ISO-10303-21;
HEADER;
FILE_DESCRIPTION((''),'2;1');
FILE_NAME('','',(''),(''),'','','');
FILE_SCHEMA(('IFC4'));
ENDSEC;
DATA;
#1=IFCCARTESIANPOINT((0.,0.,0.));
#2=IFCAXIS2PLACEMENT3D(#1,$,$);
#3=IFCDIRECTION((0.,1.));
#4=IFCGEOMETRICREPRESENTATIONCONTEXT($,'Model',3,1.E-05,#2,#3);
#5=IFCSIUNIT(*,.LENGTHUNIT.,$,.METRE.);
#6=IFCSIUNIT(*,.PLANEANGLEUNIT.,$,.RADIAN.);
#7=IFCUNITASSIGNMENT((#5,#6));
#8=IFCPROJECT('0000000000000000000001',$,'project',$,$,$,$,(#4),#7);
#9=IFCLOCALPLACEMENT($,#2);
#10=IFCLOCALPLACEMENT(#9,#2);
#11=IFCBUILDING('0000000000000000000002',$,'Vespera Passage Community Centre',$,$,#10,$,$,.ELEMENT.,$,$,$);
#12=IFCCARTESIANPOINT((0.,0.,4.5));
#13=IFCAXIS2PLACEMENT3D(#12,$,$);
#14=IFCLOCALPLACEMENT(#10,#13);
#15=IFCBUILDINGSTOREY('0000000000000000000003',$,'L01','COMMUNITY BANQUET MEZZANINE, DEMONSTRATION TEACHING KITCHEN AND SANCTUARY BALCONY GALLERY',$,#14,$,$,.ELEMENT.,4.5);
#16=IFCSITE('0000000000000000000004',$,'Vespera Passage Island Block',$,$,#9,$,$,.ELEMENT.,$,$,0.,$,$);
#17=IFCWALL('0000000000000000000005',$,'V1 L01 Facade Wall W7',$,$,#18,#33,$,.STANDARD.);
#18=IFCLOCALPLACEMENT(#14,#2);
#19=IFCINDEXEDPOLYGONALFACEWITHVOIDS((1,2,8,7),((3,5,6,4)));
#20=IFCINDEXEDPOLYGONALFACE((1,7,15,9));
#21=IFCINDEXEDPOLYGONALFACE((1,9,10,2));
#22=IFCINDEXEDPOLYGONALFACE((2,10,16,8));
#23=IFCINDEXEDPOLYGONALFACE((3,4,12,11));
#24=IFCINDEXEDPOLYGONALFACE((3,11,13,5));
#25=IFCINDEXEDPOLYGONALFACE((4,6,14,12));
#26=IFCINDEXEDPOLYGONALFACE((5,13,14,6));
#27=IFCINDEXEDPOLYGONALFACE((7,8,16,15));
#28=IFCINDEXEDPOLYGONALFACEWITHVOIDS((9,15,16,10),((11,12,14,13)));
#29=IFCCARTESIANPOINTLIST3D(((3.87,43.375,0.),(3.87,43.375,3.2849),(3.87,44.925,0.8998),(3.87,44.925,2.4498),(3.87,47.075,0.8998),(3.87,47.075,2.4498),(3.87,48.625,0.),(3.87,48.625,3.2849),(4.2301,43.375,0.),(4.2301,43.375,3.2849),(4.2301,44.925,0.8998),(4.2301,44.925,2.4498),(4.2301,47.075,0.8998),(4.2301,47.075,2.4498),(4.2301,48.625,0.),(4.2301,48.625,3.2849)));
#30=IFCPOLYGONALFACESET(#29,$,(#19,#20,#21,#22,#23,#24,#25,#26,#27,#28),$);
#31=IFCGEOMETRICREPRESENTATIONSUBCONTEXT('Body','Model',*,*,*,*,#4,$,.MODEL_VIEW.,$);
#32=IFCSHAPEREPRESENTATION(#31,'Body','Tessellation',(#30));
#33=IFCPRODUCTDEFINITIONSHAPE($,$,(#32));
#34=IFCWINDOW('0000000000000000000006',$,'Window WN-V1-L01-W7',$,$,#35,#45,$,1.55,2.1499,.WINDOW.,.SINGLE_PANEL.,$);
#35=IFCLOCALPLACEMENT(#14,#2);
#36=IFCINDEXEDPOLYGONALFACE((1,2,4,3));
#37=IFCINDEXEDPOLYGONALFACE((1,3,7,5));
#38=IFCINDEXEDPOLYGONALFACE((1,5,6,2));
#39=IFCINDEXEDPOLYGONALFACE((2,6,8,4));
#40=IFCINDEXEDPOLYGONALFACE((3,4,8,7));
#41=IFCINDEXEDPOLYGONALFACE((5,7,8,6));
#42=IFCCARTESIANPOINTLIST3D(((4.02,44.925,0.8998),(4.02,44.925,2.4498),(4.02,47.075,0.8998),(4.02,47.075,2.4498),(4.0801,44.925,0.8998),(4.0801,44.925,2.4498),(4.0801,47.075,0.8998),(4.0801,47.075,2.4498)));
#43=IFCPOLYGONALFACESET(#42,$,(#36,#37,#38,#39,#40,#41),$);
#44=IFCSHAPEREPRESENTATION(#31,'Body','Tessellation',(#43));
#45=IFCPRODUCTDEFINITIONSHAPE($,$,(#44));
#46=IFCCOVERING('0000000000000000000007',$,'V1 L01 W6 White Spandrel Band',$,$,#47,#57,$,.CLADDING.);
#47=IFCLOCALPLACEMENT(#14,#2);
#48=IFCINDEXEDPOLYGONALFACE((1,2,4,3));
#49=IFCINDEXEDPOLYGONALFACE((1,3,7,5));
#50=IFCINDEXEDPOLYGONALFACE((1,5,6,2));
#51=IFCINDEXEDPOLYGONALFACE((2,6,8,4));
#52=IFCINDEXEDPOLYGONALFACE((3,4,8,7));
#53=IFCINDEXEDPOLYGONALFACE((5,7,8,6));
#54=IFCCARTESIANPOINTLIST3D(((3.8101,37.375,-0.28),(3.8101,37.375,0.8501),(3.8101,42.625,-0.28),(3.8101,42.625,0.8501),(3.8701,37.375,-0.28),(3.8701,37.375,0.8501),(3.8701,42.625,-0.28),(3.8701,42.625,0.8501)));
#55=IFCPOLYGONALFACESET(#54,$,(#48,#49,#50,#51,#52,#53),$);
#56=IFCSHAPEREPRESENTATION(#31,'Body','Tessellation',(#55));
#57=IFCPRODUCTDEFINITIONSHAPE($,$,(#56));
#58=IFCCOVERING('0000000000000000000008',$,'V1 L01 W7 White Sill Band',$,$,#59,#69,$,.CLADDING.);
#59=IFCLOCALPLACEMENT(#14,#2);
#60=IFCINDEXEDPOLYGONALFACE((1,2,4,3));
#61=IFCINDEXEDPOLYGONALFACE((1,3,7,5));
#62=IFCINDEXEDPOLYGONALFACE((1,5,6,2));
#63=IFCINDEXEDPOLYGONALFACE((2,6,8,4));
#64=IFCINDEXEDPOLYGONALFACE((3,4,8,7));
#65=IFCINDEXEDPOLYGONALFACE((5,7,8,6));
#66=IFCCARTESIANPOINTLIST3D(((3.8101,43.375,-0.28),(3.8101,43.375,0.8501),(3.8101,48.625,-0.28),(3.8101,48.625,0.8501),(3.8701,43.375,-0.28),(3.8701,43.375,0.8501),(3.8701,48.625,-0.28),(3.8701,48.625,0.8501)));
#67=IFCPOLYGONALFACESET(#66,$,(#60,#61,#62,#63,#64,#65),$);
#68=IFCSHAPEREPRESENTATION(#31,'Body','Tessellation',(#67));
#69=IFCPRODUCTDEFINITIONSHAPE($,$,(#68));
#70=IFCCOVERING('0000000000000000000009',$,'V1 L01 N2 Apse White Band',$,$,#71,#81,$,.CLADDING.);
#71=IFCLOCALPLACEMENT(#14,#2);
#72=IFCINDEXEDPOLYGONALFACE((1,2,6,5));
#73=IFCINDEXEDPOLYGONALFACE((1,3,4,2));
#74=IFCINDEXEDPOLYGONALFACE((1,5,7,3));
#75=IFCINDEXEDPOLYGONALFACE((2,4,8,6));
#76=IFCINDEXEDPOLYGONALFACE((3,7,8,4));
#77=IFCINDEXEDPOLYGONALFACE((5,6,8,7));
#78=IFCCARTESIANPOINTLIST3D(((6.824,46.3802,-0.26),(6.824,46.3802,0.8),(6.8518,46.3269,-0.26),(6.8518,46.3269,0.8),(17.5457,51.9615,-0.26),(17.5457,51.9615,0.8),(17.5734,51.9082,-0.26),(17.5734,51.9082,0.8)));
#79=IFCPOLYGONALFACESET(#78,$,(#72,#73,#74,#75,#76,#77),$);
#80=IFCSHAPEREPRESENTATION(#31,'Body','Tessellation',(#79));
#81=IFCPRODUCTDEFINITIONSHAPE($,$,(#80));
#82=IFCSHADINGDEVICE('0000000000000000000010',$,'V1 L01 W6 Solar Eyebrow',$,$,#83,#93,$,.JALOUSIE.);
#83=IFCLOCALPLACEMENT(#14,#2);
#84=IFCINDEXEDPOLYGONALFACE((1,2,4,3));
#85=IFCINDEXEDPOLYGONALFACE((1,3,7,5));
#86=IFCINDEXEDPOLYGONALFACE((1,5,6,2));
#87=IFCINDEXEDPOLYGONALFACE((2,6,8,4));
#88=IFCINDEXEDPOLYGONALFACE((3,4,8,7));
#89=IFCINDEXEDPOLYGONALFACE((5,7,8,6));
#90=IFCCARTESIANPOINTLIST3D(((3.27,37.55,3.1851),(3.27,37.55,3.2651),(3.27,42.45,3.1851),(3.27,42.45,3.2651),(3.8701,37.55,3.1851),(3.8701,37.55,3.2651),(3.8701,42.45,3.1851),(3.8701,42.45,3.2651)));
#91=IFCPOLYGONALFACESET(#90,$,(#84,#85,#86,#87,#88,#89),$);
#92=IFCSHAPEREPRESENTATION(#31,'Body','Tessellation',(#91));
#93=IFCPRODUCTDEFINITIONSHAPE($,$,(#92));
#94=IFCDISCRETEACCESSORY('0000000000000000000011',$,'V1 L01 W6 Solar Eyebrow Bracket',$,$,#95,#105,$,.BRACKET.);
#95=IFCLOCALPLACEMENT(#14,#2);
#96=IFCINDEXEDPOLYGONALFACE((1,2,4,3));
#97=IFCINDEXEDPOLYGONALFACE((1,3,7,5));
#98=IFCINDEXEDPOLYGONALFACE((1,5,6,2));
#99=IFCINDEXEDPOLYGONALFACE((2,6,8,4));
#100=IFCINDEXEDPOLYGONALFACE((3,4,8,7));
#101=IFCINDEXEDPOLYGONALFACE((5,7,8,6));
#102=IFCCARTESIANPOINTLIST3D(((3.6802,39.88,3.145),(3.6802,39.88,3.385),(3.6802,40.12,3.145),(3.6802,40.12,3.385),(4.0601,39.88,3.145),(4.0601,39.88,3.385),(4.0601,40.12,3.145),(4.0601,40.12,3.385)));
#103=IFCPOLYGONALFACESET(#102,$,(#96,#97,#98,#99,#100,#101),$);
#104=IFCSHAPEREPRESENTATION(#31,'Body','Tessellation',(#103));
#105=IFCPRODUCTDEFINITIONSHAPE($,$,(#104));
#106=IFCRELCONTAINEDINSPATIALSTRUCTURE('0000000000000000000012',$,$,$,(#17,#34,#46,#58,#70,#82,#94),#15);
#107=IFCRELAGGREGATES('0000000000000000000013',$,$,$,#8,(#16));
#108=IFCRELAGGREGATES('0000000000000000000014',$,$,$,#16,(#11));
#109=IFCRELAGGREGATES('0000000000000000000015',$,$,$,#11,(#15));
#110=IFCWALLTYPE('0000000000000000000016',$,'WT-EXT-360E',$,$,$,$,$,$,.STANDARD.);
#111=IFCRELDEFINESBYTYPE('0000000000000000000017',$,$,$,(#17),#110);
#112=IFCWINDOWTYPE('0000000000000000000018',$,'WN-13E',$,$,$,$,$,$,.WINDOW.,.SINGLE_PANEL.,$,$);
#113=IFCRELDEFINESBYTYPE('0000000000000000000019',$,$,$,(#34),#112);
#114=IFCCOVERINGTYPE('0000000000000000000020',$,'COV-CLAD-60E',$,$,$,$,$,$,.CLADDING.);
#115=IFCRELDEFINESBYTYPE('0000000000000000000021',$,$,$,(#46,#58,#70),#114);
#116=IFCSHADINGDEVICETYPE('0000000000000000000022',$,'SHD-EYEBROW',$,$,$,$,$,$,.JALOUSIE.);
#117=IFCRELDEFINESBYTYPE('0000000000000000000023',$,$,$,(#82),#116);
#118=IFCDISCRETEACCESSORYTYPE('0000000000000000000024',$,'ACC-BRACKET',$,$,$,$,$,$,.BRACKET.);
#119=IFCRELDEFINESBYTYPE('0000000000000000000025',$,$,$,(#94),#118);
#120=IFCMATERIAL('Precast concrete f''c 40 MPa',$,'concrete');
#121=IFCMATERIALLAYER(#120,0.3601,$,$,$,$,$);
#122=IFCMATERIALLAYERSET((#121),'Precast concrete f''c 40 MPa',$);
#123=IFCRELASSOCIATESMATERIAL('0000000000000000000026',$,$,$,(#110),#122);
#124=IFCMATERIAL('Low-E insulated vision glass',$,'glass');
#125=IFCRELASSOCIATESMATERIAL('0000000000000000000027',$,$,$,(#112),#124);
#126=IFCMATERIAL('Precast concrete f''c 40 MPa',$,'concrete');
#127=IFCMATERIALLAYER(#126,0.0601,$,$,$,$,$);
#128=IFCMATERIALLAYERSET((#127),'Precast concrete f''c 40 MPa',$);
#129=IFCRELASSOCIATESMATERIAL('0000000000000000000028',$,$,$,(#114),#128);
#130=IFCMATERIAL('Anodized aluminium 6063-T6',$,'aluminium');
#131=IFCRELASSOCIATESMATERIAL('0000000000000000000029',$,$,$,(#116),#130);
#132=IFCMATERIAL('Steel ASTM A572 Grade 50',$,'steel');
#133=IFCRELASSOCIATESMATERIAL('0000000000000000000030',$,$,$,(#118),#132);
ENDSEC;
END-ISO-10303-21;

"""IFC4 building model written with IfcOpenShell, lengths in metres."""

from ifc_helpers import new_model, si_unit, direction, frame, frame_2d, origin, origin_2d, place, context, subcontext, project, spatial, rectangle, extrude, material, layer, layer_set, type_object, element, fill, save


model = new_model("IFC4")

# Units and contexts
model_context = context("Model", 3, precision=1e-05, world=origin(), true_north=direction((0.0, 1.0)))
body_context = subcontext(model_context, "Body", "Model", "MODEL_VIEW")
ifc_project = project(units=[si_unit("LENGTHUNIT", "METRE"), si_unit("PLANEANGLEUNIT", "RADIAN")], contexts=[model_context])

# Site, building, storey
site_placement = place(None, origin())
site = spatial("IfcSite", under=ifc_project, at=site_placement, Name="Vespera Passage Island Block", CompositionType="ELEMENT", RefElevation=0.0)
building_placement = place(site_placement, origin())
building = spatial("IfcBuilding", under=site, at=building_placement, Name="Vespera Passage Community Centre", CompositionType="ELEMENT")
storey_placement = place(building_placement, frame((0.0, 0.0, 4.5)))
storey = spatial("IfcBuildingStorey", under=building, at=storey_placement, Name="L01", Description="COMMUNITY BANQUET MEZZANINE, DEMONSTRATION TEACHING KITCHEN AND SANCTUARY BALCONY GALLERY", CompositionType="ELEMENT", Elevation=4.5)

# Shared definitions
ifc_material_1 = material(Name="Precast concrete f'c 40 MPa", Category="concrete")
ifc_layer_1 = layer(ifc_material_1, 0.3601)
ifc_layer_set_1 = layer_set([ifc_layer_1], Name="Precast concrete f'c 40 MPa")
wall_type_1 = type_object("IfcWallType", Name="WT-EXT-360E", PredefinedType="STANDARD", material=ifc_layer_set_1)

# Wall, opening, window
wall_1_placement = place(storey_placement, frame((4.05, 43.375, 0.0), z_axis=(0.0, 0.0, 1.0), x_axis=(0.0, 1.0, 0.0)))
wall_1 = element("IfcWall", 1, at=wall_1_placement, inside=storey, type_object=wall_type_1, Name="V1 L01 Facade Wall W7", PredefinedType="STANDARD", context=body_context, shape_type="SweptSolid", body=[
    extrude(rectangle(XDim=5.25, YDim=0.3601, at=frame_2d((2.625, 0.0))), origin(), (0.0, 0.0, 1.0), 3.2849),
])
opening_placement = place(wall_1_placement, frame((1.55, 0.0, 0.8999)))
opening = element("IfcOpeningElement", 2, at=opening_placement, cuts=wall_1, PredefinedType="OPENING", context=body_context, shape_type="SweptSolid", body=[
    extrude(rectangle(XDim=2.1499, YDim=1.55, at=frame_2d((1.075, 0.7749))), frame((0.0, 0.1902, 0.0), z_axis=(0.0, -1.0, 0.0), x_axis=(1.0, 0.0, 0.0)), (0.0, 0.0, 1.0), 0.3801),
])
ifc_material_2 = material(Name="Low-E insulated vision glass", Category="glass")
window_type = type_object("IfcWindowType", Name="WN-13E", PartitioningType="SINGLE_PANEL", PredefinedType="WINDOW", material=ifc_material_2)
window_placement = place(opening_placement, origin())
window = element("IfcWindow", 3, at=window_placement, inside=storey, type_object=window_type, Name="Window WN-V1-L01-W7", OverallHeight=1.55, OverallWidth=2.1499, PartitioningType="SINGLE_PANEL", PredefinedType="WINDOW", context=body_context, shape_type="SweptSolid", body=[
    extrude(rectangle(XDim=2.1499, YDim=1.55, at=frame_2d((1.075, 0.7749))), frame((0.0, 0.03, 0.0), z_axis=(0.0, -1.0, 0.0), x_axis=(1.0, 0.0, 0.0)), (0.0, 0.0, 1.0), 0.0601),
])
fill(opening, window)

# Coverings
ifc_material_3 = material(Name="Precast concrete f'c 40 MPa", Category="concrete")
ifc_layer_2 = layer(ifc_material_3, 0.0601)
ifc_layer_set_2 = layer_set([ifc_layer_2], Name="Precast concrete f'c 40 MPa")
covering_type = type_object("IfcCoveringType", Name="COV-CLAD-60E", PredefinedType="CLADDING", material=ifc_layer_set_2)
for number, where, z_axis, x_axis, name in (
    (4, (3.8401, 37.375, -0.28), (0.0, 0.0, 1.0), (0.0, 1.0, 0.0), "V1 L01 W6 White Spandrel Band"),
    (5, (3.8401, 43.375, -0.28), (0.0, 0.0, 1.0), (0.0, 1.0, 0.0), "V1 L01 W7 White Sill Band"),
):
    element("IfcCovering", number, at=place(storey_placement, frame(where, z_axis=z_axis, x_axis=x_axis)), inside=storey, type_object=covering_type, Name=name, PredefinedType="CLADDING", context=body_context, shape_type="SweptSolid", body=[
        extrude(rectangle(XDim=5.25, YDim=0.0601, at=frame_2d((2.625, 0.0))), origin(), (0.0, 0.0, 1.0), 1.1301),
    ])
covering_placement = place(storey_placement, frame((6.8379, 46.3535, -0.26), z_axis=(0.0, 0.0, 1.0), x_axis=(0.887013, 0.461745, 0.0)))
element("IfcCovering", 6, at=covering_placement, inside=storey, type_object=covering_type, Name="V1 L01 N2 Apse White Band", PredefinedType="CLADDING", context=body_context, shape_type="SweptSolid", body=[
    extrude(rectangle(XDim=12.0874, YDim=0.0601, at=frame_2d((6.0437, 0.0))), origin(), (0.0, 0.0, 1.0), 1.0601),
])

# Shading device
ifc_material_4 = material(Name="Anodized aluminium 6063-T6", Category="aluminium")
shading_device_type = type_object("IfcShadingDeviceType", Name="SHD-EYEBROW", PredefinedType="JALOUSIE", material=ifc_material_4)
shading_device_placement = place(storey_placement, frame((3.5701, 40.0, 3.1851), z_axis=(0.0, 0.0, 1.0), x_axis=(0.0, 1.0, 0.0)))
element("IfcShadingDevice", 7, at=shading_device_placement, inside=storey, type_object=shading_device_type, Name="V1 L01 W6 Solar Eyebrow", PredefinedType="JALOUSIE", context=body_context, shape_type="SweptSolid", body=[
    extrude(rectangle(XDim=4.8999, YDim=0.6001, at=origin_2d()), origin(), (0.0, 0.0, 1.0), 0.0801),
])

# Discrete accessory
ifc_material_5 = material(Name="Steel ASTM A572 Grade 50", Category="steel")
discrete_accessory_type = type_object("IfcDiscreteAccessoryType", Name="ACC-BRACKET", PredefinedType="BRACKET", material=ifc_material_5)
discrete_accessory_placement = place(storey_placement, frame((3.8701, 40.0, 3.145), z_axis=(0.0, 0.0, 1.0), x_axis=(0.0, 1.0, 0.0)))
element("IfcDiscreteAccessory", 8, at=discrete_accessory_placement, inside=storey, type_object=discrete_accessory_type, Name="V1 L01 W6 Solar Eyebrow Bracket", PredefinedType="BRACKET", context=body_context, shape_type="SweptSolid", body=[
    extrude(rectangle(XDim=0.24, YDim=0.3799, at=origin_2d()), origin(), (0.0, 0.0, 1.0), 0.24),
])

save(model, "model.ifc")
